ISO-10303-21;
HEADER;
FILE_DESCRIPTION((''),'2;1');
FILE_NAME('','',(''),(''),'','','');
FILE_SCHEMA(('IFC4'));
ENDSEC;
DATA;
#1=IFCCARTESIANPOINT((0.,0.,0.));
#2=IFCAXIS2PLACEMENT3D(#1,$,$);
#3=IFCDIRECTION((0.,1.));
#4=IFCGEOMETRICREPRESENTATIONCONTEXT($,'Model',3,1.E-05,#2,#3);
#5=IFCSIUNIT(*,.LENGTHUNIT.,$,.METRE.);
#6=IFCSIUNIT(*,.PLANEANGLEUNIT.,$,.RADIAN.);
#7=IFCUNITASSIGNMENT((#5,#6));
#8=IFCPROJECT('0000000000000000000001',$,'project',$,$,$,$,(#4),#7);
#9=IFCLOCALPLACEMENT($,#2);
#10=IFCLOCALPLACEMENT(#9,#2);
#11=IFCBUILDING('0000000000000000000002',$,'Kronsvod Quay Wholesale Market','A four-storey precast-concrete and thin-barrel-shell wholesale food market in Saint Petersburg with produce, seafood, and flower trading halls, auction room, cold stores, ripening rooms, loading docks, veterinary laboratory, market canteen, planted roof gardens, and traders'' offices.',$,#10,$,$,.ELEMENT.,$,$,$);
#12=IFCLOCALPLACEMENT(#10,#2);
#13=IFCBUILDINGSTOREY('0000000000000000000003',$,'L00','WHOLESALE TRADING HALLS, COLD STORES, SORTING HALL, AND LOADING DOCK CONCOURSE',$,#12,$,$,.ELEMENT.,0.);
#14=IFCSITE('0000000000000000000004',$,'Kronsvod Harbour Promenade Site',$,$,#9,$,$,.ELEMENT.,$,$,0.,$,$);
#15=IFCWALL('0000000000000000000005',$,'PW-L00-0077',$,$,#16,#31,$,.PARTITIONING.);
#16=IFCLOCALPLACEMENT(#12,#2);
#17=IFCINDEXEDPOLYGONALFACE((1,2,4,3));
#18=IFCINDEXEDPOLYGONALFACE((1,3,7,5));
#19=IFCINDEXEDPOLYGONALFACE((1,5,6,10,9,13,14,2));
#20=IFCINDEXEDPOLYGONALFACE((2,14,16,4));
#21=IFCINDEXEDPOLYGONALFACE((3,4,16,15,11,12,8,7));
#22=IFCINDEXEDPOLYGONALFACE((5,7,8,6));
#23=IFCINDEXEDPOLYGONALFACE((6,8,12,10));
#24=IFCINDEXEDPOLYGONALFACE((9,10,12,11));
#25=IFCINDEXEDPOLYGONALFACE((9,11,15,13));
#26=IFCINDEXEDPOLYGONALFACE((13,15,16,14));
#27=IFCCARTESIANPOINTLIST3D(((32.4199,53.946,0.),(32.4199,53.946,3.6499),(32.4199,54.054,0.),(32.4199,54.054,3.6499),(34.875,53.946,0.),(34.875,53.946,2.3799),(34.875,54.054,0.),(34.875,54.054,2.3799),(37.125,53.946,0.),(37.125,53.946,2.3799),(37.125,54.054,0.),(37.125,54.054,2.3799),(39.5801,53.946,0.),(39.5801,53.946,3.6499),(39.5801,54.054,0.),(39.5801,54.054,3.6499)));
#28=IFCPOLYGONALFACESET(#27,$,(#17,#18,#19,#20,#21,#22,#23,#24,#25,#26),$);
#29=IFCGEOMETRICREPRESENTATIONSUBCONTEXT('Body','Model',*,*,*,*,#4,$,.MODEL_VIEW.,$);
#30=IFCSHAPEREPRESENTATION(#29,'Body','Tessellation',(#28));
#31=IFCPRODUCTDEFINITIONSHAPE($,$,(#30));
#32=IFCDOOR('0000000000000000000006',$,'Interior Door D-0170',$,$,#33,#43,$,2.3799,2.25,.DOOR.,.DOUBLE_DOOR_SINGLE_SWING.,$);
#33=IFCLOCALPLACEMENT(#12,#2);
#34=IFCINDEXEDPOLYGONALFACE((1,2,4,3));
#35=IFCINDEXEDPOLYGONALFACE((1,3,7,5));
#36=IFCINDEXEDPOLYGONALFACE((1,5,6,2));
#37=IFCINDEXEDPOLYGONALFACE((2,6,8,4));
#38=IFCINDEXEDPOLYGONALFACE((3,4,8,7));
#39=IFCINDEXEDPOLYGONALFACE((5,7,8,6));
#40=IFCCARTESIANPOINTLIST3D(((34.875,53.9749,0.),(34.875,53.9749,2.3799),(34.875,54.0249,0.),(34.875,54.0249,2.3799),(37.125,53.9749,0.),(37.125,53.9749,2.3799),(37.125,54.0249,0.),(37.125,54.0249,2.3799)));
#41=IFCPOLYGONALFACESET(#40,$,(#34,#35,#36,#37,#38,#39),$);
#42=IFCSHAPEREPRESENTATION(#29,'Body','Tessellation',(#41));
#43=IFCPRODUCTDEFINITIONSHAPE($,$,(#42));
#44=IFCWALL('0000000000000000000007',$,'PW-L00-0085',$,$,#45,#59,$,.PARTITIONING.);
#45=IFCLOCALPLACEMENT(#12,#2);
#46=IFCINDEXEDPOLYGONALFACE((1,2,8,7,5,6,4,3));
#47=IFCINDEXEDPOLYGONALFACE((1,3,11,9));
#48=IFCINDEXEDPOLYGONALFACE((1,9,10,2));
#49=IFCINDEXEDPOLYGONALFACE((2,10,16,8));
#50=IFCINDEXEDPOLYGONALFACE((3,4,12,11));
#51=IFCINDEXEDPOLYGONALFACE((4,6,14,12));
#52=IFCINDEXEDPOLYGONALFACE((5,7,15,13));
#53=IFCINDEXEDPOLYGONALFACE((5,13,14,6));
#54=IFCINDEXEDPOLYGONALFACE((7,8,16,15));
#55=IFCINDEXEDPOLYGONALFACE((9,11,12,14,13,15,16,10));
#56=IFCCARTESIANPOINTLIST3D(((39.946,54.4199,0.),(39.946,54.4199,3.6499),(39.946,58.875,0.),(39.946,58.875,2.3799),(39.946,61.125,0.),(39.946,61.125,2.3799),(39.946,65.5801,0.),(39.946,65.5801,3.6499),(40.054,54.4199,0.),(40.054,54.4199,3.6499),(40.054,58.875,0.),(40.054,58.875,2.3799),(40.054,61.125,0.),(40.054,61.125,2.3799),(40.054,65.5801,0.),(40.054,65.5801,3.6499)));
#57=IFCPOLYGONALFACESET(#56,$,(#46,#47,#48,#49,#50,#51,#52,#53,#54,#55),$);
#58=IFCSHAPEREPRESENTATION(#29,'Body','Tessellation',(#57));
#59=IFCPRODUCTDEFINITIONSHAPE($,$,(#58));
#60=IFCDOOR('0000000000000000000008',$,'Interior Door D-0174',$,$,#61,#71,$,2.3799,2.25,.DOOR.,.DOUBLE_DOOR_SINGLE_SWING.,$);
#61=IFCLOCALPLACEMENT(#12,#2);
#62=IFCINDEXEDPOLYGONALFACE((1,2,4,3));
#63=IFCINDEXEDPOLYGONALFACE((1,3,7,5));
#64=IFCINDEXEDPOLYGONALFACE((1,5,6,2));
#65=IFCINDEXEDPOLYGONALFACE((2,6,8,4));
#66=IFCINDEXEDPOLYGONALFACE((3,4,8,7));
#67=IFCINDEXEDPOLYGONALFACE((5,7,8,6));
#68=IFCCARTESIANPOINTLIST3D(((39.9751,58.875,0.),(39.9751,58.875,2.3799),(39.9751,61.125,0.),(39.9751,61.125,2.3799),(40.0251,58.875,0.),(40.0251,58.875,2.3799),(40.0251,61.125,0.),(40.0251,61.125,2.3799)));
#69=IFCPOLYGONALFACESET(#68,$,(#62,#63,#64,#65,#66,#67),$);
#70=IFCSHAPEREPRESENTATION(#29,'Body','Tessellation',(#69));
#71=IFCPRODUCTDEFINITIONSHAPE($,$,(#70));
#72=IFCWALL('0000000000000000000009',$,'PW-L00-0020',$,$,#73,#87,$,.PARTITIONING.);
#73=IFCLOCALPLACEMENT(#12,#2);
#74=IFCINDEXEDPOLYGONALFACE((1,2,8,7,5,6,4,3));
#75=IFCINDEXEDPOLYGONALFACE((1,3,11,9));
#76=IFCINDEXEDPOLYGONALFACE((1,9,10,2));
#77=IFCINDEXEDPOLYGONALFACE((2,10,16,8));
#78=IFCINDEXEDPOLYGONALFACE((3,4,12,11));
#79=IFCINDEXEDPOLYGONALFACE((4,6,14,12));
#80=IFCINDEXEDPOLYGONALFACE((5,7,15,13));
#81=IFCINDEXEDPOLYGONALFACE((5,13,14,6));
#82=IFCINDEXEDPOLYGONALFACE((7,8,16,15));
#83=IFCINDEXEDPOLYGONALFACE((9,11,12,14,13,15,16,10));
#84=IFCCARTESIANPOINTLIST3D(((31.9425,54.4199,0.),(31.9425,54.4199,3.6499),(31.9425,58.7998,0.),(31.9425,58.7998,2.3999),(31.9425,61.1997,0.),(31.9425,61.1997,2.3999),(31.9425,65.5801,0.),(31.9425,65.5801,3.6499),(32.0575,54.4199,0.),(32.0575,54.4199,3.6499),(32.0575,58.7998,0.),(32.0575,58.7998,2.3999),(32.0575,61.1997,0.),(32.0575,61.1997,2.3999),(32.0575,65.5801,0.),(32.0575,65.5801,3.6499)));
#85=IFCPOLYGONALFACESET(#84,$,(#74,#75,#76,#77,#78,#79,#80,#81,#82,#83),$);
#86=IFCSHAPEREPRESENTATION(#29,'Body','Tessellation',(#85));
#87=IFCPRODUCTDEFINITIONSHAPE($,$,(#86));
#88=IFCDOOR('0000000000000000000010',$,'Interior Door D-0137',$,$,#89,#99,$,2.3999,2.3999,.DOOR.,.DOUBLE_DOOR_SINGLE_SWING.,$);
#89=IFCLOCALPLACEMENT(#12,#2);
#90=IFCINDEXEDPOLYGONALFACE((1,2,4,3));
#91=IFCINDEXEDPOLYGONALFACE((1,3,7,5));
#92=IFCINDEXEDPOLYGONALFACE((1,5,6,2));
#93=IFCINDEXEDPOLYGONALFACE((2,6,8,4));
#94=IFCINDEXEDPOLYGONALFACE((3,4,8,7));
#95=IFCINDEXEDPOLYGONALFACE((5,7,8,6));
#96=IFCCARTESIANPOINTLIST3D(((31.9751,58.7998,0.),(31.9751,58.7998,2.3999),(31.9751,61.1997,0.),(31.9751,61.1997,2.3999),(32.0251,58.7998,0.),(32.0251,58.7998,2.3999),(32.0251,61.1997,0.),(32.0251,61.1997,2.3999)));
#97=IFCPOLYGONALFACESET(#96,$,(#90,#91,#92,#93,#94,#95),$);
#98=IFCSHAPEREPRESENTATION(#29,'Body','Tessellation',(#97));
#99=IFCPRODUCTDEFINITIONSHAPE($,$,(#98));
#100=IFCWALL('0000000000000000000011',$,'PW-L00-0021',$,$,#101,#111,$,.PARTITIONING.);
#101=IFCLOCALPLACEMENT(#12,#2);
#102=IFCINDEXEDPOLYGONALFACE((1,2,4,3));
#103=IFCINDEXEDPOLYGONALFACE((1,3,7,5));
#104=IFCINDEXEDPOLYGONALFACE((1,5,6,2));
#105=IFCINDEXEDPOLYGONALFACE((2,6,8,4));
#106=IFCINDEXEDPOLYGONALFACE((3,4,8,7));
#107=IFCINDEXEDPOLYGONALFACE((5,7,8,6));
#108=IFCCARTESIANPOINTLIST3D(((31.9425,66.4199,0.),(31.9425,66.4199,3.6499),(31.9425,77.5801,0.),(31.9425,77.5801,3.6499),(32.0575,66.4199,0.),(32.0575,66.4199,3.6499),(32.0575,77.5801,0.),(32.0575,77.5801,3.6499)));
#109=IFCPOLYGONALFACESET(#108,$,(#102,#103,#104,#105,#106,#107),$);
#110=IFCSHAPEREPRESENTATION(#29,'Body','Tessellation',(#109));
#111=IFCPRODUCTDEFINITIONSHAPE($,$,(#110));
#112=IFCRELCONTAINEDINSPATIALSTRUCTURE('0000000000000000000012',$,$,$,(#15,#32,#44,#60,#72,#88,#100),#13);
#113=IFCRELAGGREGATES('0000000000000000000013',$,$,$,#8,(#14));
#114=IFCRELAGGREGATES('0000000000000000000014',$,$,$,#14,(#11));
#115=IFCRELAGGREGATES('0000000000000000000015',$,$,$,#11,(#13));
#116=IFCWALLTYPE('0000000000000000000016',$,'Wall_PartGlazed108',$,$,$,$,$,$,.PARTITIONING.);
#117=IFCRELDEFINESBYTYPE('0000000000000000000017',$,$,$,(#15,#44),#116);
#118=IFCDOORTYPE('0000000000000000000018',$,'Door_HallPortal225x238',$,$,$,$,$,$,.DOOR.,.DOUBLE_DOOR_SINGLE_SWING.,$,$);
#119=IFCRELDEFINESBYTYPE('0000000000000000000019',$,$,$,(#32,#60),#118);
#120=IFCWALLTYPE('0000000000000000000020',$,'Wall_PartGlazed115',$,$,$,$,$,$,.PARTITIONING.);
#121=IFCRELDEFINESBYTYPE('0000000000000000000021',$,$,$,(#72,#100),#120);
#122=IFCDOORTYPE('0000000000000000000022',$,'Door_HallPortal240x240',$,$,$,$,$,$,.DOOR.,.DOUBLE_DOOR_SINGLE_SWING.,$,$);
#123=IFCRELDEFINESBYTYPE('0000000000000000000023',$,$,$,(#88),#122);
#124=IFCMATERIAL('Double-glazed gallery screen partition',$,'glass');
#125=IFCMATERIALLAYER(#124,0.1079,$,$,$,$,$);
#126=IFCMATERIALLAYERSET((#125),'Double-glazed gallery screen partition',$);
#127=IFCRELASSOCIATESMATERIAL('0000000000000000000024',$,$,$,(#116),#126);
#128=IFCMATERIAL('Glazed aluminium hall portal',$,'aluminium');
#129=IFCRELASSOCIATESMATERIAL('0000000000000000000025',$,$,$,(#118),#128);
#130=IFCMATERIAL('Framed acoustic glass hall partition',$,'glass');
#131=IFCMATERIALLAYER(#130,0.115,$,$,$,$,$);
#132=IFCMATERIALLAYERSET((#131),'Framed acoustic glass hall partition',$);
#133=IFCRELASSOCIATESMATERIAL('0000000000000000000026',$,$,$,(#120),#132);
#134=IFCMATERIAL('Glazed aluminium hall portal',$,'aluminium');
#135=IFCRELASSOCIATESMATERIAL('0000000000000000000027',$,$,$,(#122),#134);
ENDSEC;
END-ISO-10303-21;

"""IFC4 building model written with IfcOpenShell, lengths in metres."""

from ifc_helpers import new_model, si_unit, direction, frame, frame_2d, origin, place, context, subcontext, project, spatial, rectangle, extrude, material, layer, layer_set, type_object, element, fill, save


model = new_model("IFC4")

# Units and contexts
model_context = context("Model", 3, precision=1e-05, world=origin(), true_north=direction((0.0, 1.0)))
body_context = subcontext(model_context, "Body", "Model", "MODEL_VIEW")
ifc_project = project(units=[si_unit("LENGTHUNIT", "METRE"), si_unit("PLANEANGLEUNIT", "RADIAN")], contexts=[model_context])

# Site, building, storey
site_placement = place(None, origin())
site = spatial("IfcSite", under=ifc_project, at=site_placement, Name="Kronsvod Harbour Promenade Site", CompositionType="ELEMENT", RefElevation=0.0)
building_placement = place(site_placement, origin())
building = spatial("IfcBuilding", under=site, at=building_placement, Name="Kronsvod Quay Wholesale Market", Description="A four-storey precast-concrete and thin-barrel-shell wholesale food market in Saint Petersburg with produce, seafood, and flower trading halls, auction room, cold stores, ripening rooms, loading docks, veterinary laboratory, market canteen, planted roof gardens, and traders' offices.", CompositionType="ELEMENT")
storey_placement = place(building_placement, origin())
storey = spatial("IfcBuildingStorey", under=building, at=storey_placement, Name="L00", Description="WHOLESALE TRADING HALLS, COLD STORES, SORTING HALL, AND LOADING DOCK CONCOURSE", CompositionType="ELEMENT", Elevation=0.0)

# Walls, openings, doors
ifc_material_1 = material(Name="Double-glazed gallery screen partition", Category="glass")
ifc_layer_1 = layer(ifc_material_1, 0.1079)
ifc_layer_set_1 = layer_set([ifc_layer_1], Name="Double-glazed gallery screen partition")
wall_type_1 = type_object("IfcWallType", Name="Wall_PartGlazed108", PredefinedType="PARTITIONING", material=ifc_layer_set_1)
wall_1_placement = place(storey_placement, frame((32.4199, 54.0, 0.0), z_axis=(0.0, 0.0, 1.0), x_axis=(1.0, 0.0, 0.0)))
wall_1 = element("IfcWall", 1, at=wall_1_placement, inside=storey, type_object=wall_type_1, Name="PW-L00-0077", PredefinedType="PARTITIONING", context=body_context, shape_type="SweptSolid", body=[
    extrude(rectangle(XDim=7.1602, YDim=0.1079, at=frame_2d((3.5801, 0.0))), origin(), (0.0, 0.0, 1.0), 3.6499),
])
opening_1_placement = place(wall_1_placement, frame((2.4551, 0.0, 0.0)))
opening_1 = element("IfcOpeningElement", 2, at=opening_1_placement, cuts=wall_1, PredefinedType="OPENING", context=body_context, shape_type="SweptSolid", body=[
    extrude(rectangle(XDim=2.25, YDim=2.3799, at=frame_2d((1.125, 1.1899))), frame((0.0, 0.064, 0.0), z_axis=(0.0, -1.0, 0.0), x_axis=(1.0, 0.0, 0.0)), (0.0, 0.0, 1.0), 0.1279),
])
ifc_material_2 = material(Name="Glazed aluminium hall portal", Category="aluminium")
door_type_1 = type_object("IfcDoorType", Name="Door_HallPortal225x238", OperationType="DOUBLE_DOOR_SINGLE_SWING", PredefinedType="DOOR", material=ifc_material_2)
door_1_placement = place(opening_1_placement, origin())
door_1 = element("IfcDoor", 3, at=door_1_placement, inside=storey, type_object=door_type_1, Name="Interior Door D-0170", OperationType="DOUBLE_DOOR_SINGLE_SWING", OverallHeight=2.3799, OverallWidth=2.25, PredefinedType="DOOR", context=body_context, shape_type="SweptSolid", body=[
    extrude(rectangle(XDim=2.25, YDim=2.3799, at=frame_2d((1.125, 1.1899))), frame((0.0, 0.0249, 0.0), z_axis=(0.0, -1.0, 0.0), x_axis=(1.0, 0.0, 0.0)), (0.0, 0.0, 1.0), 0.05),
])
fill(opening_1, door_1)
wall_2_placement = place(storey_placement, frame((40.0, 54.4199, 0.0), z_axis=(0.0, 0.0, 1.0), x_axis=(0.0, 1.0, 0.0)))
wall_2 = element("IfcWall", 4, at=wall_2_placement, inside=storey, type_object=wall_type_1, Name="PW-L00-0085", PredefinedType="PARTITIONING", context=body_context, shape_type="SweptSolid", body=[
    extrude(rectangle(XDim=11.1602, YDim=0.1079, at=frame_2d((5.5801, 0.0))), origin(), (0.0, 0.0, 1.0), 3.6499),
])
opening_2_placement = place(wall_2_placement, frame((4.4551, 0.0, 0.0)))
opening_2 = element("IfcOpeningElement", 5, at=opening_2_placement, cuts=wall_2, PredefinedType="OPENING", context=body_context, shape_type="SweptSolid", body=[
    extrude(rectangle(XDim=2.25, YDim=2.3799, at=frame_2d((1.125, 1.1899))), frame((0.0, 0.064, 0.0), z_axis=(0.0, -1.0, 0.0), x_axis=(1.0, 0.0, 0.0)), (0.0, 0.0, 1.0), 0.1279),
])
door_2_placement = place(opening_2_placement, origin())
door_2 = element("IfcDoor", 6, at=door_2_placement, inside=storey, type_object=door_type_1, Name="Interior Door D-0174", OperationType="DOUBLE_DOOR_SINGLE_SWING", OverallHeight=2.3799, OverallWidth=2.25, PredefinedType="DOOR", context=body_context, shape_type="SweptSolid", body=[
    extrude(rectangle(XDim=2.25, YDim=2.3799, at=frame_2d((1.125, 1.1899))), frame((0.0, 0.0249, 0.0), z_axis=(0.0, -1.0, 0.0), x_axis=(1.0, 0.0, 0.0)), (0.0, 0.0, 1.0), 0.05),
])
fill(opening_2, door_2)
ifc_material_3 = material(Name="Framed acoustic glass hall partition", Category="glass")
ifc_layer_2 = layer(ifc_material_3, 0.115)
ifc_layer_set_2 = layer_set([ifc_layer_2], Name="Framed acoustic glass hall partition")
wall_type_2 = type_object("IfcWallType", Name="Wall_PartGlazed115", PredefinedType="PARTITIONING", material=ifc_layer_set_2)
wall_3_placement = place(storey_placement, frame((32.0, 54.4199, 0.0), z_axis=(0.0, 0.0, 1.0), x_axis=(0.0, 1.0, 0.0)))
wall_3 = element("IfcWall", 7, at=wall_3_placement, inside=storey, type_object=wall_type_2, Name="PW-L00-0020", PredefinedType="PARTITIONING", context=body_context, shape_type="SweptSolid", body=[
    extrude(rectangle(XDim=11.1602, YDim=0.115, at=frame_2d((5.5801, 0.0))), origin(), (0.0, 0.0, 1.0), 3.6499),
])
opening_3_placement = place(wall_3_placement, frame((4.3799, 0.0, 0.0)))
opening_3 = element("IfcOpeningElement", 8, at=opening_3_placement, cuts=wall_3, PredefinedType="OPENING", context=body_context, shape_type="SweptSolid", body=[
    extrude(rectangle(XDim=2.3999, YDim=2.3999, at=frame_2d((1.2, 1.2))), frame((0.0, 0.0674, 0.0), z_axis=(0.0, -1.0, 0.0), x_axis=(1.0, 0.0, 0.0)), (0.0, 0.0, 1.0), 0.135),
])
ifc_material_4 = material(Name="Glazed aluminium hall portal", Category="aluminium")
door_type_2 = type_object("IfcDoorType", Name="Door_HallPortal240x240", OperationType="DOUBLE_DOOR_SINGLE_SWING", PredefinedType="DOOR", material=ifc_material_4)
door_3_placement = place(opening_3_placement, origin())
door_3 = element("IfcDoor", 9, at=door_3_placement, inside=storey, type_object=door_type_2, Name="Interior Door D-0137", OperationType="DOUBLE_DOOR_SINGLE_SWING", OverallHeight=2.3999, OverallWidth=2.3999, PredefinedType="DOOR", context=body_context, shape_type="SweptSolid", body=[
    extrude(rectangle(XDim=2.3999, YDim=2.3999, at=frame_2d((1.2, 1.2))), frame((0.0, 0.0249, 0.0), z_axis=(0.0, -1.0, 0.0), x_axis=(1.0, 0.0, 0.0)), (0.0, 0.0, 1.0), 0.05),
])
fill(opening_3, door_3)

# Wall
wall_4_placement = place(storey_placement, frame((32.0, 66.4199, 0.0), z_axis=(0.0, 0.0, 1.0), x_axis=(0.0, 1.0, 0.0)))
element("IfcWall", 10, at=wall_4_placement, inside=storey, type_object=wall_type_2, Name="PW-L00-0021", PredefinedType="PARTITIONING", context=body_context, shape_type="SweptSolid", body=[
    extrude(rectangle(XDim=11.1602, YDim=0.115, at=frame_2d((5.5801, 0.0))), origin(), (0.0, 0.0, 1.0), 3.6499),
])

save(model, "model.ifc")
